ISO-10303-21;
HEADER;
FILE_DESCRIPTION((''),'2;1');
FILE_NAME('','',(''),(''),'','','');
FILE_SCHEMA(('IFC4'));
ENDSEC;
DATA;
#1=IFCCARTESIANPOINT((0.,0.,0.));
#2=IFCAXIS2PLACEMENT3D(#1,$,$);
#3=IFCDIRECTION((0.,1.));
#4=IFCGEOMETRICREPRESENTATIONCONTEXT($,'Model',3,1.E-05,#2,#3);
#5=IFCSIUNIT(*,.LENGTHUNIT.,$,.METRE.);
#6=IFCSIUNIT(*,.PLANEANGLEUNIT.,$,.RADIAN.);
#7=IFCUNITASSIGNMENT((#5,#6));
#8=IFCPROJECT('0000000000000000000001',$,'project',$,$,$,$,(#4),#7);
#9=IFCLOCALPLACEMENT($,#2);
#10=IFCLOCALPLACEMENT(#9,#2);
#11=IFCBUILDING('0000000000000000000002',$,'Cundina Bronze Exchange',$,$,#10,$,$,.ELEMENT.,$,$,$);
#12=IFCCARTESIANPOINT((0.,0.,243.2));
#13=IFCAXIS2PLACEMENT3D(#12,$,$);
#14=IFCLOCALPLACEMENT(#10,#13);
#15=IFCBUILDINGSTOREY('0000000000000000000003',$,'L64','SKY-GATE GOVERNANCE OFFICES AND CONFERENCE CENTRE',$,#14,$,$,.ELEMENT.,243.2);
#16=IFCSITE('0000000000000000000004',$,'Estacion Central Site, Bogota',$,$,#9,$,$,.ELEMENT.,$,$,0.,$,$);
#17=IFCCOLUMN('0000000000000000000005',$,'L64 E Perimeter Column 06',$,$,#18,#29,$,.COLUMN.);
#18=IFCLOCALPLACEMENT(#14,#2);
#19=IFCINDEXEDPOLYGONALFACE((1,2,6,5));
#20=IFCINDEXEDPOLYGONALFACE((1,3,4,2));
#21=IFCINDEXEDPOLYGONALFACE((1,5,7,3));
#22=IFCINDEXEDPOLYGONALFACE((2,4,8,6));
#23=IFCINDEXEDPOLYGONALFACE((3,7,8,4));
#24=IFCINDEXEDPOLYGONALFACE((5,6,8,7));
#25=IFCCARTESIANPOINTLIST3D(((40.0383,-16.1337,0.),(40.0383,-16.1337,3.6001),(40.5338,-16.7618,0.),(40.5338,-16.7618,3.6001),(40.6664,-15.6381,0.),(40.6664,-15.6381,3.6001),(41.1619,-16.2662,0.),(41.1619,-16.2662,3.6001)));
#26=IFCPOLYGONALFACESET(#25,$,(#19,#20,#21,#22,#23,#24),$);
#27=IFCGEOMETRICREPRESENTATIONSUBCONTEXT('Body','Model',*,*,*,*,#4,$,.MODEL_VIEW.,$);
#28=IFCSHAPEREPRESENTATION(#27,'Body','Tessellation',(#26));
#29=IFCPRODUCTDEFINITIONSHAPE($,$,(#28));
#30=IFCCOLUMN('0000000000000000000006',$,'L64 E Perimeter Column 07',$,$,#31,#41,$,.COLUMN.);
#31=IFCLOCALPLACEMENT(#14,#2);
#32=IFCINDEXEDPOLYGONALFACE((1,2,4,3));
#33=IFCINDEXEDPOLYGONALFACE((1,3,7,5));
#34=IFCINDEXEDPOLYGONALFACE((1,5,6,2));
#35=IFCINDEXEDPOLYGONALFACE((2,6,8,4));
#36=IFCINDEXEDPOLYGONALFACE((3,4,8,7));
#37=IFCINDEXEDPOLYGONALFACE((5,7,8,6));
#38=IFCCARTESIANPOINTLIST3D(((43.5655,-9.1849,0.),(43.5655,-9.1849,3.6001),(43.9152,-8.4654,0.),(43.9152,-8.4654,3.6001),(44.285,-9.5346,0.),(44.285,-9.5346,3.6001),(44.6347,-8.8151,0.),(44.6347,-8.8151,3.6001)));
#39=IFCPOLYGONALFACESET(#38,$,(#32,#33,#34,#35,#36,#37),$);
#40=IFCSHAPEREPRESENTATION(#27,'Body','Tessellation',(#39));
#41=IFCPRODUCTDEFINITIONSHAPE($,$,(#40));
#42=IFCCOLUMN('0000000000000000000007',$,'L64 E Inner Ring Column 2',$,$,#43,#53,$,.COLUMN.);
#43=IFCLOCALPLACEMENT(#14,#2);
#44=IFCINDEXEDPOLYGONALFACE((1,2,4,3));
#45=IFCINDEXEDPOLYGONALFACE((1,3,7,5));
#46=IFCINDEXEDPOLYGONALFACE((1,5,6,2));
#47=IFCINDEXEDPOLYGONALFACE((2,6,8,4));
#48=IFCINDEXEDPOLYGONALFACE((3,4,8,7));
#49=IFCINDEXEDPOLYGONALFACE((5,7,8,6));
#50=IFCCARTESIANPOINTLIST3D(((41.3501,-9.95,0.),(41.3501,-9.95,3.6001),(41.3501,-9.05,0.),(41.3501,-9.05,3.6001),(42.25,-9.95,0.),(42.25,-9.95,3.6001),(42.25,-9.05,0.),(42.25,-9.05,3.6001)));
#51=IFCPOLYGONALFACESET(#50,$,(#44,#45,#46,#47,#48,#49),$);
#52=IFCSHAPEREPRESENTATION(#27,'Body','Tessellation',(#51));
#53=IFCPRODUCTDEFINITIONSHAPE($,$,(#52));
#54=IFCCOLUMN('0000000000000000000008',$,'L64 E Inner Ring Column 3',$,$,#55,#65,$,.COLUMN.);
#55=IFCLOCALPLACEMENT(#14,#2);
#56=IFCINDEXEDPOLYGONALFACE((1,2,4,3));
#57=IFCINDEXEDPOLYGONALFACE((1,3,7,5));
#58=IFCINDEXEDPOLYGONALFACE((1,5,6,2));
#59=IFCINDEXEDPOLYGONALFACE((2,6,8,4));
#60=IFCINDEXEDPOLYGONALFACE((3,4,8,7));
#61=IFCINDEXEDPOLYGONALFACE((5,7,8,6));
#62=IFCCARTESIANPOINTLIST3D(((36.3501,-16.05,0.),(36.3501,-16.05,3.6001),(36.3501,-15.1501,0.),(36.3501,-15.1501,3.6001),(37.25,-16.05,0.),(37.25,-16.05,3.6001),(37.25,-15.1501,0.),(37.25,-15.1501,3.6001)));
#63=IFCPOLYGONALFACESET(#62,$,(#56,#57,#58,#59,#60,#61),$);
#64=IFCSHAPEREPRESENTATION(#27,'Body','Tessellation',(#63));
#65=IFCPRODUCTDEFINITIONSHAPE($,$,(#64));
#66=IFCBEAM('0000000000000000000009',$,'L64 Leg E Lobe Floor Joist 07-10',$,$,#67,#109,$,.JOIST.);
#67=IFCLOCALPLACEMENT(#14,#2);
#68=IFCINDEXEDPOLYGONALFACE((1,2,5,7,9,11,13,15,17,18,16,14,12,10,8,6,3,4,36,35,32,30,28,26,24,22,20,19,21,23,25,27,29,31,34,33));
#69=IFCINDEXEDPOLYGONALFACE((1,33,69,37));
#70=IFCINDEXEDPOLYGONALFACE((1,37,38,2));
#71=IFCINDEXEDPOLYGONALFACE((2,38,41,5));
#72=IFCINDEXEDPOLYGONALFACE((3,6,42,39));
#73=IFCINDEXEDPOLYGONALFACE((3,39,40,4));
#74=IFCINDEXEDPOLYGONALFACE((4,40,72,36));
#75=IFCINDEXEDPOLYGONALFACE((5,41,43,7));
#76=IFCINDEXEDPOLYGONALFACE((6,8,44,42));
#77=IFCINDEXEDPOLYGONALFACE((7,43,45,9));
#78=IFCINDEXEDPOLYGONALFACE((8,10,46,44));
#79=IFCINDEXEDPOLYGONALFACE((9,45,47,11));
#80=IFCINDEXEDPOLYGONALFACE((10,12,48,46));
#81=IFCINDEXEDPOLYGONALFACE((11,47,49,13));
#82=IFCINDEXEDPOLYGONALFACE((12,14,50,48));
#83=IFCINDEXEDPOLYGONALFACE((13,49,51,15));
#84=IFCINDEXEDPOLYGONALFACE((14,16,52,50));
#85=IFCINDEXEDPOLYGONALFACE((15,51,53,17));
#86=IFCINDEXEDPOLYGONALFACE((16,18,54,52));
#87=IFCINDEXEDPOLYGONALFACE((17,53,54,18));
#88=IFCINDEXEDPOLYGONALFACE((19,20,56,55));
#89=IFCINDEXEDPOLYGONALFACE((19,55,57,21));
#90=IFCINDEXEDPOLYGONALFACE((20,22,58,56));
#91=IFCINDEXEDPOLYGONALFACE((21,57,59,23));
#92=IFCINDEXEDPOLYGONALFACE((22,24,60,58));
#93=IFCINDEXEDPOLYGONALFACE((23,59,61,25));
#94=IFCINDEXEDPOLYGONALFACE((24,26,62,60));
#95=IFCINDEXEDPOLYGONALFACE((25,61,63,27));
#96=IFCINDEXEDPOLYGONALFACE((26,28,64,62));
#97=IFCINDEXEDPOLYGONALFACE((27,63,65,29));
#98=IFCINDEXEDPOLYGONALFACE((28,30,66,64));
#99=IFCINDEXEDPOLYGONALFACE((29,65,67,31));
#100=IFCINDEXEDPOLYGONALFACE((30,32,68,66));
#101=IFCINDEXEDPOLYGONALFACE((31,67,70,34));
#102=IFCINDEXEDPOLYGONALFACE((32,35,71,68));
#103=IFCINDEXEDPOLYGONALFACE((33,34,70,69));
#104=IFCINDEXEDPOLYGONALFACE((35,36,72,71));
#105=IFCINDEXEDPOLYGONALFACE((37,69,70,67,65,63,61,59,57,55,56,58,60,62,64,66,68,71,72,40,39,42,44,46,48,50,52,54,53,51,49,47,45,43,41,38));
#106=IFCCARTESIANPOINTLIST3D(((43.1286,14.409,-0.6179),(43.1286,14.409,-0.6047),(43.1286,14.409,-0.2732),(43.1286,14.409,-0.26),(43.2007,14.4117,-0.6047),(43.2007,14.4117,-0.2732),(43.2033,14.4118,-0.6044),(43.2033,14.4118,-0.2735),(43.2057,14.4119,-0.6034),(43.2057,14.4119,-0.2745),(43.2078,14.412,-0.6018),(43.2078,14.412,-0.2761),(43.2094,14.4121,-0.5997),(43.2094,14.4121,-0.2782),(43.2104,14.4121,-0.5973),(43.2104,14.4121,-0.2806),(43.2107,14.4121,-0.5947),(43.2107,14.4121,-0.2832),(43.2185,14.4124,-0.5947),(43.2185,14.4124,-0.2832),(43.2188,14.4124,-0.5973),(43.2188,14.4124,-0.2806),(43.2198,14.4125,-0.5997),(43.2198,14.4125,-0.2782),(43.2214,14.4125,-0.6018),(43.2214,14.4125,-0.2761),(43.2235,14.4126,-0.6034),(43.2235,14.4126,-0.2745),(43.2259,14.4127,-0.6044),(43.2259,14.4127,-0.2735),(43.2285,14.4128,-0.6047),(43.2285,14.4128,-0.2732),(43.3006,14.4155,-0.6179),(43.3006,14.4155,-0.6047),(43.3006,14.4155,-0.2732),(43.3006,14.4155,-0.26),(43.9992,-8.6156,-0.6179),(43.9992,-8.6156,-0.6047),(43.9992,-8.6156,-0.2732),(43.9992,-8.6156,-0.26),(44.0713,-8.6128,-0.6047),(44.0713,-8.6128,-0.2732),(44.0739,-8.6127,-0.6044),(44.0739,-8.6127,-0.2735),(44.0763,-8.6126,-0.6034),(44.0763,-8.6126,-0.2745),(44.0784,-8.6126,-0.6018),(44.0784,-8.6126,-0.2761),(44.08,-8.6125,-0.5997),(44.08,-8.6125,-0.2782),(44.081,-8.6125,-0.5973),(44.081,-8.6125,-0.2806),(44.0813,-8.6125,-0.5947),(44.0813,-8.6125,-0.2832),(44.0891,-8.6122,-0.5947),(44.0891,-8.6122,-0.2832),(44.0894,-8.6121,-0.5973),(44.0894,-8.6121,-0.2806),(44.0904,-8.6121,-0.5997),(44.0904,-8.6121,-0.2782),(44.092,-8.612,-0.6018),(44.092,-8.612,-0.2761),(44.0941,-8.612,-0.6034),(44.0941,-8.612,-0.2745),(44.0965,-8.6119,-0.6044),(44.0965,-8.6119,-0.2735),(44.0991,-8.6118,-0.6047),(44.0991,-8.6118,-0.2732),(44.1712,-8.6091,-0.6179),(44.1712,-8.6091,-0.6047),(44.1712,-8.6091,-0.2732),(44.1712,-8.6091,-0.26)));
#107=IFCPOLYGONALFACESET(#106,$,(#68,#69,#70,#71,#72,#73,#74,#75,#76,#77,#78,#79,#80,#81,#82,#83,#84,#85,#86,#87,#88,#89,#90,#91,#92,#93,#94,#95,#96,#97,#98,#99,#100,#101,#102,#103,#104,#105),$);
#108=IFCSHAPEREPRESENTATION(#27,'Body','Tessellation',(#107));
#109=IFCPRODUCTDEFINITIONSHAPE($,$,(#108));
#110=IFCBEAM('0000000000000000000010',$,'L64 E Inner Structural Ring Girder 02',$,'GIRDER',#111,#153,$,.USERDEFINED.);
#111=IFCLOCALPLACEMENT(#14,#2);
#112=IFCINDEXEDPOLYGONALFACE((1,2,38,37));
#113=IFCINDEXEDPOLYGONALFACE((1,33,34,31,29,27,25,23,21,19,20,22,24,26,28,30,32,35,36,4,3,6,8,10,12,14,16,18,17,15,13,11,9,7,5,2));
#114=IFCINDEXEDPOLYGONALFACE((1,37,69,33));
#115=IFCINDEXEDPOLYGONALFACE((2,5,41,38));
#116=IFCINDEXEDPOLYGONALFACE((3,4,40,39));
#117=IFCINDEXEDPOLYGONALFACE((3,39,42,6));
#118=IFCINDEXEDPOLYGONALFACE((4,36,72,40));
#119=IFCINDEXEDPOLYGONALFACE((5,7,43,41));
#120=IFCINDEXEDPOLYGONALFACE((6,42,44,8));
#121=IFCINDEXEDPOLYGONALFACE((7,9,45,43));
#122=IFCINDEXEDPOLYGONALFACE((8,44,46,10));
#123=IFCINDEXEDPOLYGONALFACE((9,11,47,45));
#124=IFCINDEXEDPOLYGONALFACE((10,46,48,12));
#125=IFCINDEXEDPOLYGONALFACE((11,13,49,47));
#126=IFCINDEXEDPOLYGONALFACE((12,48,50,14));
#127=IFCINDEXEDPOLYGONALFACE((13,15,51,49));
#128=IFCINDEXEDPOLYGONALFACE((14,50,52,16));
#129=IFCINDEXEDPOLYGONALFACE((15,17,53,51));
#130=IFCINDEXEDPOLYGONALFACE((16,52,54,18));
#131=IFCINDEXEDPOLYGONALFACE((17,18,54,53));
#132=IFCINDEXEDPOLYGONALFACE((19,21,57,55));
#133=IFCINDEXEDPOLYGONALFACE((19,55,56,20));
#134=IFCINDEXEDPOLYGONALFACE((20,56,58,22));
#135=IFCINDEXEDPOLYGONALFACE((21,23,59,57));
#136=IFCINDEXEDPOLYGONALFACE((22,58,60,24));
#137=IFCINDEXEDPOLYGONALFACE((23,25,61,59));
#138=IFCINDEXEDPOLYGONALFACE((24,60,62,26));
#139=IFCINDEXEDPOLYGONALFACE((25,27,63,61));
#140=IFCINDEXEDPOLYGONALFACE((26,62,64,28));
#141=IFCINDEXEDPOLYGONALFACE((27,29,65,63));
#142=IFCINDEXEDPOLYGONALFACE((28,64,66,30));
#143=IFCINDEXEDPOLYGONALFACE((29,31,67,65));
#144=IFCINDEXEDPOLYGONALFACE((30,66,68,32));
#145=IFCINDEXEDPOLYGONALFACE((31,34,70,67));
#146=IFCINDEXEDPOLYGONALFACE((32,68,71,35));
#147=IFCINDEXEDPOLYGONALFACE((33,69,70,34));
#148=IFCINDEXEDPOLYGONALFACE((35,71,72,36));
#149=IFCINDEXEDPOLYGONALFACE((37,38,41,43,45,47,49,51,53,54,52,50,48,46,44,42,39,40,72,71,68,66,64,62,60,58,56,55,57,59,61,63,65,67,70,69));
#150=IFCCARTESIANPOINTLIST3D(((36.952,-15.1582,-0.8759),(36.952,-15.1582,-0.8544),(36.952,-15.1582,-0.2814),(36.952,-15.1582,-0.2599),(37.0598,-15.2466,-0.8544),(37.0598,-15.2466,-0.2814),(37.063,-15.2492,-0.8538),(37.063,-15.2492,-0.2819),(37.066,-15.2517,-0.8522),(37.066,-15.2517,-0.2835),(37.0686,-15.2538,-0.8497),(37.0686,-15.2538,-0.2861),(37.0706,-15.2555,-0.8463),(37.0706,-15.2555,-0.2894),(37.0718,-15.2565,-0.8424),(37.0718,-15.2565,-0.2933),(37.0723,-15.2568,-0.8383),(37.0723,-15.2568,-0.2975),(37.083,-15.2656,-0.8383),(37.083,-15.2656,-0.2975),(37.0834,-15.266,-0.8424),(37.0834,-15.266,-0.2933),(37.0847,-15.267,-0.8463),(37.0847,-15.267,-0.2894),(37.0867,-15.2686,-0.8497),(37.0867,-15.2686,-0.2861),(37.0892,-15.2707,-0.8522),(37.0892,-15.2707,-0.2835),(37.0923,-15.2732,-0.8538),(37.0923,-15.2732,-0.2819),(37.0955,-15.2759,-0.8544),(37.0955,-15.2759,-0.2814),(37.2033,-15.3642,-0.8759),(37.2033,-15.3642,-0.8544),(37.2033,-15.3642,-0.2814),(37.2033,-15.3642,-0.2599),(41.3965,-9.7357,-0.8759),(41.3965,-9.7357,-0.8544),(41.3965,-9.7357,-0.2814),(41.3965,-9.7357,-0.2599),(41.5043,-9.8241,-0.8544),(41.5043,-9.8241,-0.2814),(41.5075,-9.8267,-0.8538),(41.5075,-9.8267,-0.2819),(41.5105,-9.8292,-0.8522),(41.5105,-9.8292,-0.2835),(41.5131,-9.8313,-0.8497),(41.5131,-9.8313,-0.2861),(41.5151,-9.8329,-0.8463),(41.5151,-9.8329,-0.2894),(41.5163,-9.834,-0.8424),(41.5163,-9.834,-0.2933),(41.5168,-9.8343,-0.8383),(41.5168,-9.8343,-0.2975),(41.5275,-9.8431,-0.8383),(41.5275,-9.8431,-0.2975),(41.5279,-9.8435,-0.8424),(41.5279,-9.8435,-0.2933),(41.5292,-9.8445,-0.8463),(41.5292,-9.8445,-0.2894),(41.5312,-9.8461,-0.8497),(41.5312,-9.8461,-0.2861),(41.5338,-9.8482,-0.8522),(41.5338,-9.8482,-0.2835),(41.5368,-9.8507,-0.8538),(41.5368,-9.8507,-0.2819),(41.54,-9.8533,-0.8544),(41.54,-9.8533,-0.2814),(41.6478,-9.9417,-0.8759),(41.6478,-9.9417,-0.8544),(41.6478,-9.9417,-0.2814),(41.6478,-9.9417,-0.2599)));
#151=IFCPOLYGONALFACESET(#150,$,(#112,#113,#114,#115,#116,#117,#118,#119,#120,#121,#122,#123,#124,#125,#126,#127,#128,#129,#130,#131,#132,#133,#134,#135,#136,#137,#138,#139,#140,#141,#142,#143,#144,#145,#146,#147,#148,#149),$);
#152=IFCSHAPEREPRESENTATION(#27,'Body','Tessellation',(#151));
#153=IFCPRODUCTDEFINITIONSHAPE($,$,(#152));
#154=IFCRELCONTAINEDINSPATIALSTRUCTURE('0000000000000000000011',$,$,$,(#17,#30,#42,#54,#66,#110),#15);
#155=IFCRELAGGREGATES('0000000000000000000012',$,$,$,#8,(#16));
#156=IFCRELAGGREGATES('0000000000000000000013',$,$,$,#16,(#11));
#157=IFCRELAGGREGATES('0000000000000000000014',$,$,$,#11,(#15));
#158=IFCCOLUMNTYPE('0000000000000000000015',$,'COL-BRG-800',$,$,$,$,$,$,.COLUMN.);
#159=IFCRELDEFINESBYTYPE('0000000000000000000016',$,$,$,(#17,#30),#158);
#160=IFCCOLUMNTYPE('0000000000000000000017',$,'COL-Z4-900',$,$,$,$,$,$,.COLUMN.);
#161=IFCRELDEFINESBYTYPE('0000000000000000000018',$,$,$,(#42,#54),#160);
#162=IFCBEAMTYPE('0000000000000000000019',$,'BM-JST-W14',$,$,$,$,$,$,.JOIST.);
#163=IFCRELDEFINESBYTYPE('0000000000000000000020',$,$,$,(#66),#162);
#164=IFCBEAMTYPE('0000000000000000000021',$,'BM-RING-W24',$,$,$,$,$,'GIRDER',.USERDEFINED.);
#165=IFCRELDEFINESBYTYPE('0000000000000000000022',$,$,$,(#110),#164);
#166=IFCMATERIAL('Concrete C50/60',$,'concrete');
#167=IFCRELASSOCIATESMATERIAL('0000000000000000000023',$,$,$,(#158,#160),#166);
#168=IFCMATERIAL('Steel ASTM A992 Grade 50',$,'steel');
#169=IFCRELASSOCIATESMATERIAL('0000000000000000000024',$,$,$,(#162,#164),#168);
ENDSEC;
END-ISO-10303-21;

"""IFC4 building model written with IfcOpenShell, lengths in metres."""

from ifc_helpers import new_model, si_unit, direction, frame, origin, origin_2d, place, context, subcontext, project, spatial, rectangle, i_section, extrude, material, material_profile, profile_set, type_object, element, save


model = new_model("IFC4")

# Units and contexts
model_context = context("Model", 3, precision=1e-05, world=origin(), true_north=direction((0.0, 1.0)))
body_context = subcontext(model_context, "Body", "Model", "MODEL_VIEW")
ifc_project = project(units=[si_unit("LENGTHUNIT", "METRE"), si_unit("PLANEANGLEUNIT", "RADIAN")], contexts=[model_context])

# Site, building, storey
site_placement = place(None, origin())
site = spatial("IfcSite", under=ifc_project, at=site_placement, Name="Estacion Central Site, Bogota", CompositionType="ELEMENT", RefElevation=0.0)
building_placement = place(site_placement, origin())
building = spatial("IfcBuilding", under=site, at=building_placement, Name="Cundina Bronze Exchange", CompositionType="ELEMENT")
storey_placement = place(building_placement, frame((0.0, 0.0, 243.2)))
storey = spatial("IfcBuildingStorey", under=building, at=storey_placement, Name="L64", Description="SKY-GATE GOVERNANCE OFFICES AND CONFERENCE CENTRE", CompositionType="ELEMENT", Elevation=243.2)

# Columns
ifc_material_1 = material(Name="Concrete C50/60", Category="concrete")
ifc_material_profile_1 = material_profile(ifc_material_1, rectangle(XDim=0.8, YDim=0.8, at=origin_2d()), Name="RC800X800", Category="concrete")
ifc_profile_set_1 = profile_set([ifc_material_profile_1], Name="Concrete C50/60")
column_type_1 = type_object("IfcColumnType", Name="COL-BRG-800", PredefinedType="COLUMN", material=ifc_profile_set_1)
for number, where, z_axis, x_axis, name in (
    (1, (40.6001, -16.2, 0.0), (0.0, 0.0, 1.0), (0.785101, 0.619368, 0.0), "L64 E Perimeter Column 06"),
    (2, (44.1001, -9.0, 0.0), (0.0, 0.0, 1.0), (0.437116, 0.899405, 0.0), "L64 E Perimeter Column 07"),
):
    element("IfcColumn", number, at=place(storey_placement, frame(where, z_axis=z_axis, x_axis=x_axis)), inside=storey, type_object=column_type_1, Name=name, PredefinedType="COLUMN", context=body_context, shape_type="SweptSolid", body=[
        extrude(rectangle(XDim=0.8, YDim=0.8, at=origin_2d()), origin(), (0.0, 0.0, 1.0), 3.6001),
    ])
ifc_material_profile_2 = material_profile(ifc_material_1, rectangle(XDim=0.8999, YDim=0.8999, at=origin_2d()), Name="RC900X900", Category="concrete")
ifc_profile_set_2 = profile_set([ifc_material_profile_2], Name="Concrete C50/60")
column_type_2 = type_object("IfcColumnType", Name="COL-Z4-900", PredefinedType="COLUMN", material=ifc_profile_set_2)
for number, where, z_axis, x_axis, name in (
    (3, (41.8, -9.5, 0.0), (0.0, 0.0, 1.0), (1.0, 0.0, 0.0), "L64 E Inner Ring Column 2"),
    (4, (36.8, -15.6001, 0.0), (0.0, 0.0, 1.0), (1.0, 0.0, 0.0), "L64 E Inner Ring Column 3"),
):
    element("IfcColumn", number, at=place(storey_placement, frame(where, z_axis=z_axis, x_axis=x_axis)), inside=storey, type_object=column_type_2, Name=name, PredefinedType="COLUMN", context=body_context, shape_type="SweptSolid", body=[
        extrude(rectangle(XDim=0.8999, YDim=0.8999, at=origin_2d()), origin(), (0.0, 0.0, 1.0), 3.6001),
    ])

# Beams
ifc_material_2 = material(Name="Steel ASTM A992 Grade 50", Category="steel")
ifc_material_profile_3 = material_profile(ifc_material_2, i_section(OverallWidth=0.1721, OverallDepth=0.3579, WebThickness=0.0078, FlangeThickness=0.0132, FilletRadius=0.01, at=origin_2d()), Name="W14X38", Category="steel")
ifc_profile_set_3 = profile_set([ifc_material_profile_3], Name="Steel ASTM A992 Grade 50")
beam_type_1 = type_object("IfcBeamType", Name="BM-JST-W14", PredefinedType="JOIST", material=ifc_profile_set_3)
beam_1_placement = place(storey_placement, frame((44.0852, -8.6123, -0.439), z_axis=(-0.037785, 0.999286, 0.0), x_axis=(-0.999286, -0.037785, 0.0)))
element("IfcBeam", 5, at=beam_1_placement, inside=storey, type_object=beam_type_1, Name="L64 Leg E Lobe Floor Joist 07-10", PredefinedType="JOIST", context=body_context, shape_type="SweptSolid", body=[
    extrude(i_section(OverallWidth=0.1721, OverallDepth=0.3579, WebThickness=0.0078, FlangeThickness=0.0132, FilletRadius=0.01, at=origin_2d()), origin(), (0.0, 0.0, 1.0), 23.041),
])
ifc_material_profile_4 = material_profile(ifc_material_2, i_section(OverallWidth=0.325, OverallDepth=0.616, WebThickness=0.0139, FlangeThickness=0.0215, FilletRadius=0.0161, at=origin_2d()), Name="W24X117", Category="steel")
ifc_profile_set_4 = profile_set([ifc_material_profile_4], Name="Steel ASTM A992 Grade 50")
beam_type_2 = type_object("IfcBeamType", Name="BM-RING-W24", ElementType="GIRDER", PredefinedType="USERDEFINED", material=ifc_profile_set_4)
beam_2_placement = place(storey_placement, frame((37.0776, -15.2612, -0.5679), z_axis=(0.633913, 0.773405, 0.0), x_axis=(-0.773405, 0.633913, 0.0)))
element("IfcBeam", 6, at=beam_2_placement, inside=storey, type_object=beam_type_2, Name="L64 E Inner Structural Ring Girder 02", ObjectType="GIRDER", PredefinedType="USERDEFINED", context=body_context, shape_type="SweptSolid", body=[
    extrude(i_section(OverallWidth=0.325, OverallDepth=0.616, WebThickness=0.0139, FlangeThickness=0.0215, FilletRadius=0.0161, at=origin_2d()), origin(), (0.0, 0.0, 1.0), 7.0112),
])

save(model, "model.ifc")
